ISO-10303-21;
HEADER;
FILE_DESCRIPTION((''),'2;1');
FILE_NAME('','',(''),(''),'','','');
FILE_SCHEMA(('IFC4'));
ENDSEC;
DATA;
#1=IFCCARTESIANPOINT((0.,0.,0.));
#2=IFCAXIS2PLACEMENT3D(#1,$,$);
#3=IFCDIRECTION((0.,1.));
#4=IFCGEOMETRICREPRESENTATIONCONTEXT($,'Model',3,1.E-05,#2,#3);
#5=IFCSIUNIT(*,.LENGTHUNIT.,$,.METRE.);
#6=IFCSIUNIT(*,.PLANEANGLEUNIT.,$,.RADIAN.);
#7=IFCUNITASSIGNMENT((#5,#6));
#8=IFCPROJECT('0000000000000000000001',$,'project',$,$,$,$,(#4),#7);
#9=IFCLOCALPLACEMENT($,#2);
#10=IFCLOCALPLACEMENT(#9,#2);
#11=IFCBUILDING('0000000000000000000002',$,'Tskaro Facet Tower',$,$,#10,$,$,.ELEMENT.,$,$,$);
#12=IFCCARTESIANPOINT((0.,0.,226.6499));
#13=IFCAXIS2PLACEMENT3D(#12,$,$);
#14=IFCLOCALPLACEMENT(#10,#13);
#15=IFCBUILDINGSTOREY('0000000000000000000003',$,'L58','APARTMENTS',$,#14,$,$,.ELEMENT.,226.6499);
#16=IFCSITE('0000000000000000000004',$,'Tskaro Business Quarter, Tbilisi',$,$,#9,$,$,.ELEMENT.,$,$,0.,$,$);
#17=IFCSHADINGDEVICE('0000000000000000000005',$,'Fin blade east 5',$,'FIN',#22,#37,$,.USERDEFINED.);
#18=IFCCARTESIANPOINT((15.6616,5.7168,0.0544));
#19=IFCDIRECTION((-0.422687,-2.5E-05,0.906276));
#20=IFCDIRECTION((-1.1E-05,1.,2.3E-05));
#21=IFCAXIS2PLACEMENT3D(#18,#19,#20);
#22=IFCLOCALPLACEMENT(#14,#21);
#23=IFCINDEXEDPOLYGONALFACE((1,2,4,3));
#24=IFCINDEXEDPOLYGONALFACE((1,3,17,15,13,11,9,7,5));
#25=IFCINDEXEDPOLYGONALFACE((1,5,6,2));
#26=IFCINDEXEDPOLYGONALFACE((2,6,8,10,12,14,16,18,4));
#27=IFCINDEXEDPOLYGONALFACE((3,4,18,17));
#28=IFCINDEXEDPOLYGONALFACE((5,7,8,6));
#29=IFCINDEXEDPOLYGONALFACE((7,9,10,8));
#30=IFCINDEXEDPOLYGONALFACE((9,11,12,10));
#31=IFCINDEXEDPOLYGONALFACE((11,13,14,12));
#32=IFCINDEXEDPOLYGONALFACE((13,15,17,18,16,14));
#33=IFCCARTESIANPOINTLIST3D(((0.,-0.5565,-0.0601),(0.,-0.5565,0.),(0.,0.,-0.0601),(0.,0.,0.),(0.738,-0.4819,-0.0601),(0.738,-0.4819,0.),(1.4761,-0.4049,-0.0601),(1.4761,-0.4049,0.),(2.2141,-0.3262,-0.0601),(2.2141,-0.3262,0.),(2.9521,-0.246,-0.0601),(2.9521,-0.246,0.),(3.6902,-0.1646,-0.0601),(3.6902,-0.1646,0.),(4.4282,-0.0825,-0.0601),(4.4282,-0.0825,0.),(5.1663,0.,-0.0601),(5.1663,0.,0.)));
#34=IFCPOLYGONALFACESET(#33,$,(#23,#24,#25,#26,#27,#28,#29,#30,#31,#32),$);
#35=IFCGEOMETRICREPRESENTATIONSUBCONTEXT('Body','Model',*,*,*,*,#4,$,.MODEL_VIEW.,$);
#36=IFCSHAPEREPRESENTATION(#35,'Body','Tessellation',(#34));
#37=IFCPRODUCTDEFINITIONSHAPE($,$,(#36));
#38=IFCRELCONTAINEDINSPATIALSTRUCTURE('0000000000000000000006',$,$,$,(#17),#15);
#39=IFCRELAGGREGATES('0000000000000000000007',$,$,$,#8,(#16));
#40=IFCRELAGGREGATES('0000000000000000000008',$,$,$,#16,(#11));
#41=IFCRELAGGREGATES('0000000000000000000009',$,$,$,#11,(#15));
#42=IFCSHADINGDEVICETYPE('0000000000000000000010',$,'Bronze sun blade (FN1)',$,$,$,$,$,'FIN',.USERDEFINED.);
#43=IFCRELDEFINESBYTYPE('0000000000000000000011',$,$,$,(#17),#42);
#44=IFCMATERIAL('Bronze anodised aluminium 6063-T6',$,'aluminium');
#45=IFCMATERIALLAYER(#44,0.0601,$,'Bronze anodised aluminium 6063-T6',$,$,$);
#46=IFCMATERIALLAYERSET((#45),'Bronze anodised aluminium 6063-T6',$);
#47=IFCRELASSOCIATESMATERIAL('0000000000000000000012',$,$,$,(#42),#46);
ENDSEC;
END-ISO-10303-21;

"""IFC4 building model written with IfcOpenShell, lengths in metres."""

from ifc_helpers import new_model, si_unit, direction, frame, origin, place, context, subcontext, project, spatial, polyline, outline, extrude, material, layer, layer_set, type_object, element, save


model = new_model("IFC4")

# Units and contexts
model_context = context("Model", 3, precision=1e-05, world=origin(), true_north=direction((0.0, 1.0)))
body_context = subcontext(model_context, "Body", "Model", "MODEL_VIEW")
ifc_project = project(units=[si_unit("LENGTHUNIT", "METRE"), si_unit("PLANEANGLEUNIT", "RADIAN")], contexts=[model_context])

# Site, building, storey
site_placement = place(None, origin())
site = spatial("IfcSite", under=ifc_project, at=site_placement, Name="Tskaro Business Quarter, Tbilisi", CompositionType="ELEMENT", RefElevation=0.0)
building_placement = place(site_placement, origin())
building = spatial("IfcBuilding", under=site, at=building_placement, Name="Tskaro Facet Tower", CompositionType="ELEMENT")
storey_placement = place(building_placement, frame((0.0, 0.0, 226.6499)))
storey = spatial("IfcBuildingStorey", under=building, at=storey_placement, Name="L58", Description="APARTMENTS", CompositionType="ELEMENT", Elevation=226.6499)

# Shared definitions
ifc_material_1 = material(Name="Bronze anodised aluminium 6063-T6", Category="aluminium")

# Shading device
ifc_layer_1 = layer(ifc_material_1, 0.0601, Name="Bronze anodised aluminium 6063-T6")
ifc_layer_set_1 = layer_set([ifc_layer_1], Name="Bronze anodised aluminium 6063-T6")
shading_device_type = type_object("IfcShadingDeviceType", Name="Bronze sun blade (FN1)", ElementType="FIN", PredefinedType="USERDEFINED", material=ifc_layer_set_1)
shading_device_1_placement = place(storey_placement, frame((15.6616, 5.7168, 0.0544), z_axis=(-0.422687, -0.000025, 0.906276), x_axis=(-0.000011, 1.0, 0.000023)))
element("IfcShadingDevice", 1, at=shading_device_1_placement, inside=storey, type_object=shading_device_type, Name="Fin blade east 5", ObjectType="FIN", PredefinedType="USERDEFINED", context=body_context, shape_type="SweptSolid", body=[
    extrude(outline(polyline([(0.0, 0.0), (5.1663, 0.0), (4.4282, -0.0825), (3.6902, -0.1646), (2.9521, -0.246), (2.2141, -0.3262), (1.4761, -0.4049), (0.738, -0.4819), (0.0, -0.5565), (0.0, 0.0)])), origin(), (0.0, 0.0, -1.0), 0.0601),
])

save(model, "model.ifc")
